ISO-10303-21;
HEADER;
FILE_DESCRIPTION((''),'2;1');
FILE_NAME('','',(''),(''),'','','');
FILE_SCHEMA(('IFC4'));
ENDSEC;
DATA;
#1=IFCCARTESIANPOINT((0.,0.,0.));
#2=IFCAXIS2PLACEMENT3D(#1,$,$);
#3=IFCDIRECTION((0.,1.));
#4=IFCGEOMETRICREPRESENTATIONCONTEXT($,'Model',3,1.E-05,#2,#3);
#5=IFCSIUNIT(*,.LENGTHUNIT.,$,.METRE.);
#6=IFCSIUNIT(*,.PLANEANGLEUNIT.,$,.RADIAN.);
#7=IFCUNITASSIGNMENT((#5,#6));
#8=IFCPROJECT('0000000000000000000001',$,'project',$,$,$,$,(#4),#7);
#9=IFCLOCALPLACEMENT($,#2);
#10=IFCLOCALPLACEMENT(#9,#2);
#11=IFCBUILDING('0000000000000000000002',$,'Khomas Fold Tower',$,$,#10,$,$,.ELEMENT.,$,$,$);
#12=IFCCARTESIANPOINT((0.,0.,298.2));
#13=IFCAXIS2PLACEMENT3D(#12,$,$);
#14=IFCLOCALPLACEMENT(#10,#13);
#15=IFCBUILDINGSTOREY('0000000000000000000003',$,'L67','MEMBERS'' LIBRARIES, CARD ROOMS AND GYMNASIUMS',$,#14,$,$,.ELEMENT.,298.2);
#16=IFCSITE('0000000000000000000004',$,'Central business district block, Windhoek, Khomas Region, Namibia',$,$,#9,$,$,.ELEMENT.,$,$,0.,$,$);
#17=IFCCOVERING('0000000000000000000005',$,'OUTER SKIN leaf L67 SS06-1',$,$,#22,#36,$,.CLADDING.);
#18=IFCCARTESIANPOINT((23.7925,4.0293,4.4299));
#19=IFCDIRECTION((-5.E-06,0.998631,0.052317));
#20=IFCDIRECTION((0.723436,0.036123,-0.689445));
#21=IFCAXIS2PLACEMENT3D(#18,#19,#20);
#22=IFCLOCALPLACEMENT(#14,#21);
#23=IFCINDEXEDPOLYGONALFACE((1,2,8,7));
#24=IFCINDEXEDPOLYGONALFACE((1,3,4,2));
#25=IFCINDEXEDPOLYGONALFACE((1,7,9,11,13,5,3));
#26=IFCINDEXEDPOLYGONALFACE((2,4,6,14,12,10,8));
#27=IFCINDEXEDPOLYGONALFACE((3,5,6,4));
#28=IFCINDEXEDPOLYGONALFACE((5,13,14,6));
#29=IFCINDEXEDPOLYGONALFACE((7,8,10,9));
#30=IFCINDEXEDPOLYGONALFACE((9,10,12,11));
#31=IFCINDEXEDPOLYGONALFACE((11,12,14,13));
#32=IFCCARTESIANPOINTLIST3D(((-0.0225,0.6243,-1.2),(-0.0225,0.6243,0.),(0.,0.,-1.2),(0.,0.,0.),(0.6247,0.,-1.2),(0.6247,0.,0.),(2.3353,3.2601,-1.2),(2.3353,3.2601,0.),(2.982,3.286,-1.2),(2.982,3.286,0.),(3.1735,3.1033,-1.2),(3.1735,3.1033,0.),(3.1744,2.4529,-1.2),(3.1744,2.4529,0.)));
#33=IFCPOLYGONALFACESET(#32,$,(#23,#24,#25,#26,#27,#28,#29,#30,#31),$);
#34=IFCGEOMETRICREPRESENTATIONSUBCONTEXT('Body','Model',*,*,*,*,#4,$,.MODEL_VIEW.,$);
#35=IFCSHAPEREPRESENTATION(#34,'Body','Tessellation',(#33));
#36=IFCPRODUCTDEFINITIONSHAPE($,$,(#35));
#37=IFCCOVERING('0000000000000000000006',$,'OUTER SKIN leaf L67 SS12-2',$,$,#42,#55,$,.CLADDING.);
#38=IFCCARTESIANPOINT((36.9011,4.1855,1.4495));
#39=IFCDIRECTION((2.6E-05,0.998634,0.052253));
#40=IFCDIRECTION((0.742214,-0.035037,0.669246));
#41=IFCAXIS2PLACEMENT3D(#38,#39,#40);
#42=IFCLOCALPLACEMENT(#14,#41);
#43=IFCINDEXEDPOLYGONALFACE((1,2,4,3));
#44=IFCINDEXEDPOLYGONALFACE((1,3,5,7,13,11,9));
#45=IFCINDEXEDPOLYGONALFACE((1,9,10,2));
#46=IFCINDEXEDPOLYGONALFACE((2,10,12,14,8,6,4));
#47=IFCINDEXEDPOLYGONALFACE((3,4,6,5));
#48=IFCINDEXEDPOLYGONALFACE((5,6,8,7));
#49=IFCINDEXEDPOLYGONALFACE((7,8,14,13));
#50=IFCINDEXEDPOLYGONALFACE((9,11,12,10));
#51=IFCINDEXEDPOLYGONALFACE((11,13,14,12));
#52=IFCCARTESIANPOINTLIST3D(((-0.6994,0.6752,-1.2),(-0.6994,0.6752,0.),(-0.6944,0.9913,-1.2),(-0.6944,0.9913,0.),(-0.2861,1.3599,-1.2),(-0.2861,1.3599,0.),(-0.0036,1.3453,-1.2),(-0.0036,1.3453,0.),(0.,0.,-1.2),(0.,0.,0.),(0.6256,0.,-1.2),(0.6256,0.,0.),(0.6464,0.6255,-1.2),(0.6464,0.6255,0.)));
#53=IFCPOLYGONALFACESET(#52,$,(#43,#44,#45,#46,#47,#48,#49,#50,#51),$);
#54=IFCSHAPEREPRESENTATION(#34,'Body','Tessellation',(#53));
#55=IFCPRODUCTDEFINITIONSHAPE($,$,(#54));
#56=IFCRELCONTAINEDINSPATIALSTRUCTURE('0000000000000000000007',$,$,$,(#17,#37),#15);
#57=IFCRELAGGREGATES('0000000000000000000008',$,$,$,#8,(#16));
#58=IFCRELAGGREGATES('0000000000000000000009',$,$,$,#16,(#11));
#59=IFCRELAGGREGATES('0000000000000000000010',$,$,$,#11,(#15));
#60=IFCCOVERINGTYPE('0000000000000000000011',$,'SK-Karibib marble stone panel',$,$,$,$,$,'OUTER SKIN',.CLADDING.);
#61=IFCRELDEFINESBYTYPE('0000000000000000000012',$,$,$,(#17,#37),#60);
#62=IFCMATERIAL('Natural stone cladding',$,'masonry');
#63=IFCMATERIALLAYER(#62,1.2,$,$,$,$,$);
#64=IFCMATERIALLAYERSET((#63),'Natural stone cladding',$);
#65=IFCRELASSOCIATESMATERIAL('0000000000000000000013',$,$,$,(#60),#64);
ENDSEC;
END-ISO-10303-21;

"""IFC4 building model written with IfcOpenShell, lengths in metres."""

from ifc_helpers import new_model, si_unit, direction, frame, origin, place, context, subcontext, project, spatial, polyline, outline, extrude, material, layer, layer_set, type_object, element, save


model = new_model("IFC4")

# Units and contexts
model_context = context("Model", 3, precision=1e-05, world=origin(), true_north=direction((0.0, 1.0)))
body_context = subcontext(model_context, "Body", "Model", "MODEL_VIEW")
ifc_project = project(units=[si_unit("LENGTHUNIT", "METRE"), si_unit("PLANEANGLEUNIT", "RADIAN")], contexts=[model_context])

# Site, building, storey
site_placement = place(None, origin())
site = spatial("IfcSite", under=ifc_project, at=site_placement, Name="Central business district block, Windhoek, Khomas Region, Namibia", CompositionType="ELEMENT", RefElevation=0.0)
building_placement = place(site_placement, origin())
building = spatial("IfcBuilding", under=site, at=building_placement, Name="Khomas Fold Tower", CompositionType="ELEMENT")
storey_placement = place(building_placement, frame((0.0, 0.0, 298.2)))
storey = spatial("IfcBuildingStorey", under=building, at=storey_placement, Name="L67", Description="MEMBERS' LIBRARIES, CARD ROOMS AND GYMNASIUMS", CompositionType="ELEMENT", Elevation=298.2)

# Coverings
ifc_material_1 = material(Name="Natural stone cladding", Category="masonry")
ifc_layer_1 = layer(ifc_material_1, 1.2)
ifc_layer_set_1 = layer_set([ifc_layer_1], Name="Natural stone cladding")
covering_type = type_object("IfcCoveringType", Name="SK-Karibib marble stone panel", ElementType="OUTER SKIN", PredefinedType="CLADDING", material=ifc_layer_set_1)
covering_1_placement = place(storey_placement, frame((23.7925, 4.0293, 4.4299), z_axis=(-0.000005, 0.998631, 0.052317), x_axis=(0.723436, 0.036123, -0.689445)))
element("IfcCovering", 1, at=covering_1_placement, inside=storey, type_object=covering_type, Name="OUTER SKIN leaf L67 SS06-1", PredefinedType="CLADDING", context=body_context, shape_type="SweptSolid", body=[
    extrude(outline(polyline([(0.0, 0.0), (0.6247, 0.0), (3.1744, 2.4529), (3.1735, 3.1033), (2.982, 3.286), (2.3353, 3.2601), (-0.0225, 0.6243), (0.0, 0.0)])), origin(), (0.0, 0.0, -1.0), 1.2),
])
covering_2_placement = place(storey_placement, frame((36.9011, 4.1855, 1.4495), z_axis=(0.000026, 0.998634, 0.052253), x_axis=(0.742214, -0.035037, 0.669246)))
element("IfcCovering", 2, at=covering_2_placement, inside=storey, type_object=covering_type, Name="OUTER SKIN leaf L67 SS12-2", PredefinedType="CLADDING", context=body_context, shape_type="SweptSolid", body=[
    extrude(outline(polyline([(0.0, 0.0), (0.6256, 0.0), (0.6464, 0.6255), (-0.0036, 1.3453), (-0.2861, 1.3599), (-0.6944, 0.9913), (-0.6994, 0.6752), (0.0, 0.0)])), origin(), (0.0, 0.0, -1.0), 1.2),
])

save(model, "model.ifc")
